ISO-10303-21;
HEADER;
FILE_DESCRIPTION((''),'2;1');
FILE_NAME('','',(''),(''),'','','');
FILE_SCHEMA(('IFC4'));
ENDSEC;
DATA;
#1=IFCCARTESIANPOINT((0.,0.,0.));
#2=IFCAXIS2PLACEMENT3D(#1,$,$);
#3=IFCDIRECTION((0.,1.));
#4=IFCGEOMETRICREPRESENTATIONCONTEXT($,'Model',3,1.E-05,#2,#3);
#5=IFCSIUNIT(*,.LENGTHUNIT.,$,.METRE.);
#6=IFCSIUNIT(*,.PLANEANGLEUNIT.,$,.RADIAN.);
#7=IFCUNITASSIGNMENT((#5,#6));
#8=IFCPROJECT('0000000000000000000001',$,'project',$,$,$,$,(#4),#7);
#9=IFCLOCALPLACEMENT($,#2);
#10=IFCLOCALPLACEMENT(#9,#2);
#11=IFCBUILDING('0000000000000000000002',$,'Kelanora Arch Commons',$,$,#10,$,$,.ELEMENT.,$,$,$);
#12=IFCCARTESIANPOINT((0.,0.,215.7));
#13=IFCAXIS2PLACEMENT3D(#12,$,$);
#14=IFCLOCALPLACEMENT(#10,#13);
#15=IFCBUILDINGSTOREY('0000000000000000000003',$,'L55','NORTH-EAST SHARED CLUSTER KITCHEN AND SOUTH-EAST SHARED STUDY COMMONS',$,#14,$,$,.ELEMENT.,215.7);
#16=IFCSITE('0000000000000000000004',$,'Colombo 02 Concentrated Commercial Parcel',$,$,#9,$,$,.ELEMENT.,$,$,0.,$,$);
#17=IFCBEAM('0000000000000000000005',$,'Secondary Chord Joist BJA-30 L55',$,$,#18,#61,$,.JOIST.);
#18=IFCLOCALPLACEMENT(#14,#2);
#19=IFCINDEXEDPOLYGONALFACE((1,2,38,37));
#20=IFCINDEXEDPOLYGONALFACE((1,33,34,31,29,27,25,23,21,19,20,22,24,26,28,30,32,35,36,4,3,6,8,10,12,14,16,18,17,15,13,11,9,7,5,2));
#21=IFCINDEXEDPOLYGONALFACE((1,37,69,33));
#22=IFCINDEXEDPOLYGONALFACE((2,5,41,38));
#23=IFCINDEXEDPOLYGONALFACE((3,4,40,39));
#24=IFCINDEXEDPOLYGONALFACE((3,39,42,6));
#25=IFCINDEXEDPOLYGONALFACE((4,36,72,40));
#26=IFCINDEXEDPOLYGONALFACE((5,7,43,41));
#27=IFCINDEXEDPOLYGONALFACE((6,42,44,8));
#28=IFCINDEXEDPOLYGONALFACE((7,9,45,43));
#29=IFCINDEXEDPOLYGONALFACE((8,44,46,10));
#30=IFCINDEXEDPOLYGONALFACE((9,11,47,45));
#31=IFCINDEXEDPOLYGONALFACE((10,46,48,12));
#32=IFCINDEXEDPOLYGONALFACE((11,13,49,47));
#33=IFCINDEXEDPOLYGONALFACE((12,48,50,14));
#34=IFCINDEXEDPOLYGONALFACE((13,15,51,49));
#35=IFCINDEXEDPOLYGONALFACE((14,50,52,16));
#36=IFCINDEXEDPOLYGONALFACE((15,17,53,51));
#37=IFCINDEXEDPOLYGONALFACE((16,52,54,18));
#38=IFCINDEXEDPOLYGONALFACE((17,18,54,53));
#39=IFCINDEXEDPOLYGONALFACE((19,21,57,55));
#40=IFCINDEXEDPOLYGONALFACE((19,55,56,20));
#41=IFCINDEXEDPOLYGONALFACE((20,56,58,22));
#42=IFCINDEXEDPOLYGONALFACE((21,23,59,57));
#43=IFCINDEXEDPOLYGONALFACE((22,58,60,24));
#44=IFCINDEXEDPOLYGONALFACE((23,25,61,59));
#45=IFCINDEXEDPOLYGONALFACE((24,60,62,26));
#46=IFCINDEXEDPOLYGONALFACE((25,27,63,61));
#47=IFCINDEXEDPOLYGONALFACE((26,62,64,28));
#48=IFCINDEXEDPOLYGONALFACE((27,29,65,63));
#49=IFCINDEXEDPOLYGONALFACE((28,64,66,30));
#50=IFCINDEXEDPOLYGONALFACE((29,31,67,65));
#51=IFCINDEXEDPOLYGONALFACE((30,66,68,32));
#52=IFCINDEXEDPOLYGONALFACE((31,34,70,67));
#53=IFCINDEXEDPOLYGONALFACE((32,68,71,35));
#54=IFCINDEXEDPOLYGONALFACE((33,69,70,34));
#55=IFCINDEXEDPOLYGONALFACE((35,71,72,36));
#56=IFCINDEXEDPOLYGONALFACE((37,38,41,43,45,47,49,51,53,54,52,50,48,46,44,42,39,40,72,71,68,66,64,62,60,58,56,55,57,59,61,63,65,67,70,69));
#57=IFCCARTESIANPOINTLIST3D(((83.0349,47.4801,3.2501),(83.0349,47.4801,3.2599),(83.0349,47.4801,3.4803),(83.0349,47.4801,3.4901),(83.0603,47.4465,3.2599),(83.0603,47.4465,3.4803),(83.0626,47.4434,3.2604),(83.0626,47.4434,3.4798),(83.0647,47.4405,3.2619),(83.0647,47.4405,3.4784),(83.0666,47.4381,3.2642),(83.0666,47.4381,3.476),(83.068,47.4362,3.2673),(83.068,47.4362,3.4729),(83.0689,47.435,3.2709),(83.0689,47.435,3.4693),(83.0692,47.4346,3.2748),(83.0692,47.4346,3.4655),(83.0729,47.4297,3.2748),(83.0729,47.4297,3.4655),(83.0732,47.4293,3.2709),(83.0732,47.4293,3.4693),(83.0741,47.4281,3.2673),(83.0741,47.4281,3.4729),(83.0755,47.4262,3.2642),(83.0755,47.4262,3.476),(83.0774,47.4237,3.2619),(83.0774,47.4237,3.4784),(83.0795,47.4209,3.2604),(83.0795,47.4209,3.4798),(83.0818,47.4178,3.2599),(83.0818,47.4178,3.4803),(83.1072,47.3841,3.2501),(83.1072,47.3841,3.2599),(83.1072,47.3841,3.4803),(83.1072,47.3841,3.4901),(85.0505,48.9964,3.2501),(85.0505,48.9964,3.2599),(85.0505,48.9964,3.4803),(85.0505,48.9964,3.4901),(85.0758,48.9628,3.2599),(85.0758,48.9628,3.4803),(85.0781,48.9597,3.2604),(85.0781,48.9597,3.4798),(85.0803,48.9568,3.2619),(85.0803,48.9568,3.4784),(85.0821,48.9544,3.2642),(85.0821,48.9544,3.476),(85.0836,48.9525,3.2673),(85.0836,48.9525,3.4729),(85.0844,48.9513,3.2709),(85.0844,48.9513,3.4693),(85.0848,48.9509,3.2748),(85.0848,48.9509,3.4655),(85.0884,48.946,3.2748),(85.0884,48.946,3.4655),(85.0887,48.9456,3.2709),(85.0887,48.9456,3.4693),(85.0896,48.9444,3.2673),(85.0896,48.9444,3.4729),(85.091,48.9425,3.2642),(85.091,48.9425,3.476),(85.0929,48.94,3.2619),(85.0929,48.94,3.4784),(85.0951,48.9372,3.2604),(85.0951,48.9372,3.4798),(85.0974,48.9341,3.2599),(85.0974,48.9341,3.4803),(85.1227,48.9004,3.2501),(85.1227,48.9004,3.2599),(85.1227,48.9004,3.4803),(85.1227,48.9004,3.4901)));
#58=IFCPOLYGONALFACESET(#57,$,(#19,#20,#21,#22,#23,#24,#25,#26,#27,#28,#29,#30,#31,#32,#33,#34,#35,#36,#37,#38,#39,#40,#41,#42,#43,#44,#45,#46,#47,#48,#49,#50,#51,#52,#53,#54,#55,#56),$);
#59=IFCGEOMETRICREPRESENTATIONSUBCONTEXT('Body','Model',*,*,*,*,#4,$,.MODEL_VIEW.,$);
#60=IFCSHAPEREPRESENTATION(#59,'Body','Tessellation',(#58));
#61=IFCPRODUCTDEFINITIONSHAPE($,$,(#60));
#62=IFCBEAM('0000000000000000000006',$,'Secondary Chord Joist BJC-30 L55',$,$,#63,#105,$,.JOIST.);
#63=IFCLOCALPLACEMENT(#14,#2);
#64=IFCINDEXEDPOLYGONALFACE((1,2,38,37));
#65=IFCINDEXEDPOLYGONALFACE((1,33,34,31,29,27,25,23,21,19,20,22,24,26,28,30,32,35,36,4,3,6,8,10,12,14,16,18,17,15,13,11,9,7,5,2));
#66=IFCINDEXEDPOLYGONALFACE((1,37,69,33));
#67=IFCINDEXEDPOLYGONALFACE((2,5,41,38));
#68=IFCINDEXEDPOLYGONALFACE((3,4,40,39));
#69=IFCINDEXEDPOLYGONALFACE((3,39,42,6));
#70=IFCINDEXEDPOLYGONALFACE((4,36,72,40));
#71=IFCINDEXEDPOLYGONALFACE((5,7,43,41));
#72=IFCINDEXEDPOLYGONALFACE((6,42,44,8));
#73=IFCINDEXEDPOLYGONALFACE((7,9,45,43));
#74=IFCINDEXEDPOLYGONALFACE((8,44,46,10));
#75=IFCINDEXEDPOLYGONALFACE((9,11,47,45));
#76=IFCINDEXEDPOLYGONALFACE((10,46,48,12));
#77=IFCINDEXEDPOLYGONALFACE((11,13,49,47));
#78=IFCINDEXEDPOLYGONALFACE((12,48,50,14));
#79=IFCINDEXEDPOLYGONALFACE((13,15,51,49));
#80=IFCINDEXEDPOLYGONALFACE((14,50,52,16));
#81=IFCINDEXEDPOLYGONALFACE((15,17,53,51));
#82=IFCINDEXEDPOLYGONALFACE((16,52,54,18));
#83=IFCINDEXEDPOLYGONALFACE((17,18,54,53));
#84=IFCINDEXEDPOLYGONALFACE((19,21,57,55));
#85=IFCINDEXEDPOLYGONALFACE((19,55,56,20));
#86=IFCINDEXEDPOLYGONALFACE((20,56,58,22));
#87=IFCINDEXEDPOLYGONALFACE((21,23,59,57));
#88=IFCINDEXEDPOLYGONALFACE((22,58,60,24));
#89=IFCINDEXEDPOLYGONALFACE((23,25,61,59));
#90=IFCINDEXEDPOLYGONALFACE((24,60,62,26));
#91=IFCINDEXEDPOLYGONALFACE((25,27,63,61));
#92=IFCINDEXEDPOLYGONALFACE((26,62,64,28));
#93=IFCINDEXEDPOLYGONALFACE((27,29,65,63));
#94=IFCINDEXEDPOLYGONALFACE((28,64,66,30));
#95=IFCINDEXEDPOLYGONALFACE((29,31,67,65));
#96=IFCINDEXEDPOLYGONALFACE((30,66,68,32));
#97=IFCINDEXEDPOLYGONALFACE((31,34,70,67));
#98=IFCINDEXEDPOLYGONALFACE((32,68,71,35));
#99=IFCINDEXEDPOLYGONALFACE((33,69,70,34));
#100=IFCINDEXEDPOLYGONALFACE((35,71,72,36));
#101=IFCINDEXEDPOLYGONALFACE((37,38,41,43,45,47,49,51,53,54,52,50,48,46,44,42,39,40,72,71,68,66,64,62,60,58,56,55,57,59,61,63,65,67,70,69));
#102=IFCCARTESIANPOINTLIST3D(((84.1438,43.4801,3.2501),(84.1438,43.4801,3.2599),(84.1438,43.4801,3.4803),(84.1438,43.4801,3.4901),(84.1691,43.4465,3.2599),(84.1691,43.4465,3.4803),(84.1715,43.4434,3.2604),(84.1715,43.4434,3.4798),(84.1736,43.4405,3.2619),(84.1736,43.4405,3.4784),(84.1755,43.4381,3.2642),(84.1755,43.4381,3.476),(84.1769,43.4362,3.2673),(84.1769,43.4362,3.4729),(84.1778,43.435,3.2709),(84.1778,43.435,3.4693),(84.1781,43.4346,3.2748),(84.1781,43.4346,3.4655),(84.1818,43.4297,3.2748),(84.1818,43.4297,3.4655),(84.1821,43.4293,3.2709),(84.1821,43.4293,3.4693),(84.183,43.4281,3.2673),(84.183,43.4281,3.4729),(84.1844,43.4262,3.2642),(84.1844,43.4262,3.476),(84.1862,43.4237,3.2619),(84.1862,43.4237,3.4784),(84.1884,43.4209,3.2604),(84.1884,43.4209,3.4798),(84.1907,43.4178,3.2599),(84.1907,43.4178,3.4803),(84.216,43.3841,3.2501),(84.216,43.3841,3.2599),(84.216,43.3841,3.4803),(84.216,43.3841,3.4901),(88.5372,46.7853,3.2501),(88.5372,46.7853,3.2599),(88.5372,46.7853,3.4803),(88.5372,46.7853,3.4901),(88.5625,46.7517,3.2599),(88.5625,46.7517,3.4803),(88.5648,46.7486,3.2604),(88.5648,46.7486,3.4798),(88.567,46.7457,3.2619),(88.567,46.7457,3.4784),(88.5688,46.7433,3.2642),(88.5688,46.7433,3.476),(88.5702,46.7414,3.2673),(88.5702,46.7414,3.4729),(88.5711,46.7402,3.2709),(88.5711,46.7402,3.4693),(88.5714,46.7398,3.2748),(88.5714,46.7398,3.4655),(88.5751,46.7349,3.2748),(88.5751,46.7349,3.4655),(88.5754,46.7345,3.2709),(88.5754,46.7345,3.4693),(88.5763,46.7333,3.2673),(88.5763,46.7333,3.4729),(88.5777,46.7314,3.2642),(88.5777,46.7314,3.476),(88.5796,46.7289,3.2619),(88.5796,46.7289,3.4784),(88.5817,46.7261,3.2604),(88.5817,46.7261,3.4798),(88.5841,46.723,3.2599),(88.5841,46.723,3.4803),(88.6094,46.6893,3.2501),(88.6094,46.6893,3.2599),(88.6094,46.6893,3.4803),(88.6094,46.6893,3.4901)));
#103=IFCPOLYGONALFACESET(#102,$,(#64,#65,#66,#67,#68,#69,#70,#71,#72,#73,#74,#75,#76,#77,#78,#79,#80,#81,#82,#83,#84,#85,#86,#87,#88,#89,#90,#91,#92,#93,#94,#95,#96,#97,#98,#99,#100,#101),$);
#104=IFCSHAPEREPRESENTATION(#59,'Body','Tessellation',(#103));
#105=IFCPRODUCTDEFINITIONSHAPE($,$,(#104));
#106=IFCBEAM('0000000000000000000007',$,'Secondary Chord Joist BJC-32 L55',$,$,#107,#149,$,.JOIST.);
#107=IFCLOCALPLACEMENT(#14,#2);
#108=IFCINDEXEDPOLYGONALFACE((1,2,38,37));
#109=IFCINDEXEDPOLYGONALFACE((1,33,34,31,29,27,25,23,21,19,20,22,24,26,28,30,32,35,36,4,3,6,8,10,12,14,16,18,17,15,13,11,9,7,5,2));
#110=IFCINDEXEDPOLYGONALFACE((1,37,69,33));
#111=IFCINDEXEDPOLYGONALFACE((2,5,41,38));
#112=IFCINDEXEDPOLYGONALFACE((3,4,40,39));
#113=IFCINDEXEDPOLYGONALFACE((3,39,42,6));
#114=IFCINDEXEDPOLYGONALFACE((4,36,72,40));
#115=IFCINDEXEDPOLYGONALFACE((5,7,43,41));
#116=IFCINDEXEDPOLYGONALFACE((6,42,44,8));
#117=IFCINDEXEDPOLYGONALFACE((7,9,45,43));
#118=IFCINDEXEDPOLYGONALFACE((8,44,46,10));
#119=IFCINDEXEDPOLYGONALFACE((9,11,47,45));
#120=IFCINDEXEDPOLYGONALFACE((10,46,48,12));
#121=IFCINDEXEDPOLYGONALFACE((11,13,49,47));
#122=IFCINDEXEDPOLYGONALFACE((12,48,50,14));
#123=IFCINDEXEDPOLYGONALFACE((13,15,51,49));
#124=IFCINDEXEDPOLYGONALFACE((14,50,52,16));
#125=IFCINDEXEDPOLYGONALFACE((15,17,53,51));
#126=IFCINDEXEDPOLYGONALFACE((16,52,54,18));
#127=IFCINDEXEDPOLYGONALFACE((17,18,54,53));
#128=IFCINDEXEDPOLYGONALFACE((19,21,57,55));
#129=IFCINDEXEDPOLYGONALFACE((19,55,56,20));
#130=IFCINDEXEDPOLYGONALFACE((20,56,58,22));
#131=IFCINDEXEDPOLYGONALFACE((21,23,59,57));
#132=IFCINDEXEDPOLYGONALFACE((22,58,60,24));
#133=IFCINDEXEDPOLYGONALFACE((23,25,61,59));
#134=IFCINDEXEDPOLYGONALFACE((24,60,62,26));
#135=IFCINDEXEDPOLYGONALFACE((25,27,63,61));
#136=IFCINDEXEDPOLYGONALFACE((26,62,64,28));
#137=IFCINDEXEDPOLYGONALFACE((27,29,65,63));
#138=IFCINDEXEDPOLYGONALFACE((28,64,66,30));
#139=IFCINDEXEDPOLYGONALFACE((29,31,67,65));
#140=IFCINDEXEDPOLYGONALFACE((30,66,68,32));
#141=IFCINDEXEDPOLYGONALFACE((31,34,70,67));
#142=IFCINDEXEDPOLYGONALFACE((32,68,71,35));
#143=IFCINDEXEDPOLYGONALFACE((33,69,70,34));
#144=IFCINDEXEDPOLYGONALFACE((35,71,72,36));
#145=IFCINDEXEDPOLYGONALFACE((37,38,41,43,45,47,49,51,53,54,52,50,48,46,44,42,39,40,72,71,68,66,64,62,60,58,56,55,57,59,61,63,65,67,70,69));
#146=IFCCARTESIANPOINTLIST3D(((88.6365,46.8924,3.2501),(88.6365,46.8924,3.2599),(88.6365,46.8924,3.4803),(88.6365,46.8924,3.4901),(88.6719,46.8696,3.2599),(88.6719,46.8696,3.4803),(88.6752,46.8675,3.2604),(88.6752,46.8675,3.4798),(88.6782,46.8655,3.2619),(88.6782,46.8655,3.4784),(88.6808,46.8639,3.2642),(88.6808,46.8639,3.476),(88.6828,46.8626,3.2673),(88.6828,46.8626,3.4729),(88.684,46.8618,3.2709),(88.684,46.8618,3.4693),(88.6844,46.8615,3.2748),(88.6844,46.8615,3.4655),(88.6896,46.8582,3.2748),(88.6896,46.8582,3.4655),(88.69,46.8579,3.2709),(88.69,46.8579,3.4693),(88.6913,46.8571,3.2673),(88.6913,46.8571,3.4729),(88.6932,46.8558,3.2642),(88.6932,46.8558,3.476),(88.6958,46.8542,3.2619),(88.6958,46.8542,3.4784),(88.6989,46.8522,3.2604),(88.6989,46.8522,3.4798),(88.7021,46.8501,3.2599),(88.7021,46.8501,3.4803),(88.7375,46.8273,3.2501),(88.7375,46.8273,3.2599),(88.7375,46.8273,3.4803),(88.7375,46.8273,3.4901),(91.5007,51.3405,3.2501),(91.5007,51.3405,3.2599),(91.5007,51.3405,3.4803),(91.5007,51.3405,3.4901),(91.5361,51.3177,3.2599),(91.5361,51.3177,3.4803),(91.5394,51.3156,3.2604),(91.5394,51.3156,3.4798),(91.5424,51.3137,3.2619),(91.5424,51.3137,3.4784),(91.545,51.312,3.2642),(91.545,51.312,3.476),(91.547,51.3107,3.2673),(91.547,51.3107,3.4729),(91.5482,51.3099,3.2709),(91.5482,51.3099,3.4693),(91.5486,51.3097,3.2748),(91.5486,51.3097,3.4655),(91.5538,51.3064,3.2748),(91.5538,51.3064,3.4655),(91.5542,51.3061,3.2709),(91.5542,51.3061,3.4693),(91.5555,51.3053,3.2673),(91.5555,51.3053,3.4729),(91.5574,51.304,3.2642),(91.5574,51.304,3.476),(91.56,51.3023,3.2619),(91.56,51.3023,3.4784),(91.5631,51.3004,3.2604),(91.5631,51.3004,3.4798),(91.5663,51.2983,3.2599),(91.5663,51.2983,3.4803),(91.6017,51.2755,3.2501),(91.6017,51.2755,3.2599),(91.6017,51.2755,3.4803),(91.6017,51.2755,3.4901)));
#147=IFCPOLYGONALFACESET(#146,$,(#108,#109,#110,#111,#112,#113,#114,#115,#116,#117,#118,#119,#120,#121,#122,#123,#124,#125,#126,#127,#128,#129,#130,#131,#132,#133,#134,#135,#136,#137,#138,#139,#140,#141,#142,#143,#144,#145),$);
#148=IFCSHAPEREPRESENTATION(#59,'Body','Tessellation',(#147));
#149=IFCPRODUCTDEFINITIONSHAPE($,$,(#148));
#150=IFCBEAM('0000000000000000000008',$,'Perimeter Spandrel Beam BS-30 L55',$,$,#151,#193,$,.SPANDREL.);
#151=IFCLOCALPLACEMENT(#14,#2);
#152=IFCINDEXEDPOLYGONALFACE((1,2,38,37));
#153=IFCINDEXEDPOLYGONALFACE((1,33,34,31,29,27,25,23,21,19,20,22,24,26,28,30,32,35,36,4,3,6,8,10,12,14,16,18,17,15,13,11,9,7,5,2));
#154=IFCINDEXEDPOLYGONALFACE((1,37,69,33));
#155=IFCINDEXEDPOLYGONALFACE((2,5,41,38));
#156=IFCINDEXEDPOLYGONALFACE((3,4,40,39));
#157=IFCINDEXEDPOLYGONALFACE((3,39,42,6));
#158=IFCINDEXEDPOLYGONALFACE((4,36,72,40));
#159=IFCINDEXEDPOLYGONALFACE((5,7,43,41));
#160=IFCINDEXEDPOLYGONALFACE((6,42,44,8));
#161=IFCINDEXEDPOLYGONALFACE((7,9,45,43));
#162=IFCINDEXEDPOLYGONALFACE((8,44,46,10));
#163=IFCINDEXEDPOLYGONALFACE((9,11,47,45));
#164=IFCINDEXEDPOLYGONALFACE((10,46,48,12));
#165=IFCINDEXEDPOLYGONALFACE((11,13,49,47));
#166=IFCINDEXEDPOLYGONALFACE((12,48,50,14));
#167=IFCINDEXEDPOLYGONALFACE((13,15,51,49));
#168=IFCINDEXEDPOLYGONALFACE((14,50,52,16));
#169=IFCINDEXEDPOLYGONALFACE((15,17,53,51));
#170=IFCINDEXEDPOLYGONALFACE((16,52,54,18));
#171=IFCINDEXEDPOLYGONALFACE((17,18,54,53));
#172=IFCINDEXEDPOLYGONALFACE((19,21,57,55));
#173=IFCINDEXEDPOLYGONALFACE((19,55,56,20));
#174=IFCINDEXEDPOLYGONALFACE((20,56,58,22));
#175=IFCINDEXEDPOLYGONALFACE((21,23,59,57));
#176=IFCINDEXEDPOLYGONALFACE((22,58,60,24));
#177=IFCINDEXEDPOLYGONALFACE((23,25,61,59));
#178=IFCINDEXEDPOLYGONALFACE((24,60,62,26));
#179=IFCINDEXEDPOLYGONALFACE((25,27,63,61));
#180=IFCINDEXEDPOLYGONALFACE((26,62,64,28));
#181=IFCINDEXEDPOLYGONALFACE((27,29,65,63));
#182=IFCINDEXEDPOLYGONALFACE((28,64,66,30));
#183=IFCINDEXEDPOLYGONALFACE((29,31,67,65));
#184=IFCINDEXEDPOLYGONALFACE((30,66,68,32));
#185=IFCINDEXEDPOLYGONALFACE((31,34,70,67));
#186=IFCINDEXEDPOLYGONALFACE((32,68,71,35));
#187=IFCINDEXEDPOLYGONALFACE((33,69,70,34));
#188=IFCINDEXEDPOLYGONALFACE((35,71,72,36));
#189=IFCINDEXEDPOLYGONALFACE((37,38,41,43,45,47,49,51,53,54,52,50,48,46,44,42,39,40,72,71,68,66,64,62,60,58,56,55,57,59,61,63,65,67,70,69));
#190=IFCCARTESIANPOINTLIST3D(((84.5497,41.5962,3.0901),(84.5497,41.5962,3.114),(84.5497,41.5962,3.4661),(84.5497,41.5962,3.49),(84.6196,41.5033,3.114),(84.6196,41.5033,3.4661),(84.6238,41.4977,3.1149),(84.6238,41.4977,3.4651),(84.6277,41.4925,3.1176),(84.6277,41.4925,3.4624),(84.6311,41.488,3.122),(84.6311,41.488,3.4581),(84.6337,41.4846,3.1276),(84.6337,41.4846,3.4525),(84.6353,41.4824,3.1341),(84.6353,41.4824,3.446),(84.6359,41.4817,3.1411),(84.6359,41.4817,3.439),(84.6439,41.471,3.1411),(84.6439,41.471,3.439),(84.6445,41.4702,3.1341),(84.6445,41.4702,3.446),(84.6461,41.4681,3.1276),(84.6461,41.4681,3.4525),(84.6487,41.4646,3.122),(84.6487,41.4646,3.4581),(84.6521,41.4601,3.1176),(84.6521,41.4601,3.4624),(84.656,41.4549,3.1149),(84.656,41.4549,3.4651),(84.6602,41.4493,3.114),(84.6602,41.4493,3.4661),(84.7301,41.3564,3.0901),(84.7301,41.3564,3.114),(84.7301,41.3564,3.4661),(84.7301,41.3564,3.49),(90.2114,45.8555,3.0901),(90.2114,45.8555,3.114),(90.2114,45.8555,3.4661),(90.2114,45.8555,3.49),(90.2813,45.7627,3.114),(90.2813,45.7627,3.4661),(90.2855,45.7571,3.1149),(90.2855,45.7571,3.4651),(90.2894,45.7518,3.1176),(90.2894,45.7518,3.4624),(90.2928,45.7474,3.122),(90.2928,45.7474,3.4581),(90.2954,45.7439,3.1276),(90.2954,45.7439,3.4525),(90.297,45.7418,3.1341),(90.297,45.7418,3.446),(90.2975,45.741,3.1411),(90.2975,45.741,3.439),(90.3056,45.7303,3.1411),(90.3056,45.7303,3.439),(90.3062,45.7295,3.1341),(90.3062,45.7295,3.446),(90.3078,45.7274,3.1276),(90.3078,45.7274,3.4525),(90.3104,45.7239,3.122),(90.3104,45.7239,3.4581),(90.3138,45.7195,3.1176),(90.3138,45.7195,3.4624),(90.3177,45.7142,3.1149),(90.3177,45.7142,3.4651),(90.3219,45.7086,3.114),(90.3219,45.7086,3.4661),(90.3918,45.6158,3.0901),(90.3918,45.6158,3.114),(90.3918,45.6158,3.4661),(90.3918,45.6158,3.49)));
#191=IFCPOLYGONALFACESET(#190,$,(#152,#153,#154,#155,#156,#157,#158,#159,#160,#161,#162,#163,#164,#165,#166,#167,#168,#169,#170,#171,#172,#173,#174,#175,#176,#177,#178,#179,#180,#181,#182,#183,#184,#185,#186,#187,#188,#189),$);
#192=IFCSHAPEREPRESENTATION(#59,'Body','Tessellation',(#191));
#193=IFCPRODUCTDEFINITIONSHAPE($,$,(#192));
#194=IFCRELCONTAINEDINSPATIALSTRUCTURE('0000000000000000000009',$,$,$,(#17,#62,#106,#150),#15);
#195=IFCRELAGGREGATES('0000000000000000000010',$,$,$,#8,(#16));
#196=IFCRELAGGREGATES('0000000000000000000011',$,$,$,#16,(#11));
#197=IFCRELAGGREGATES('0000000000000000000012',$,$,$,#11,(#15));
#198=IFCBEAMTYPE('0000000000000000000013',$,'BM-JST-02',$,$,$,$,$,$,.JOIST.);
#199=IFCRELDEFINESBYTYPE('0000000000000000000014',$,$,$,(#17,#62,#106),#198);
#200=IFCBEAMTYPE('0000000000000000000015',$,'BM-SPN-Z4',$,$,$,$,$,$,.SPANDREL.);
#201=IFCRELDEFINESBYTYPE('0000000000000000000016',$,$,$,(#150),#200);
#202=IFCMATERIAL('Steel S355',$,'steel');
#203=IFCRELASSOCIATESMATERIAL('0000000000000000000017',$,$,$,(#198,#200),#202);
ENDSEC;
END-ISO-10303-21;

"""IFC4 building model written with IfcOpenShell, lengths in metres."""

from ifc_helpers import new_model, si_unit, direction, frame, origin, origin_2d, place, context, subcontext, project, spatial, i_section, extrude, material, material_profile, profile_set, type_object, element, save


model = new_model("IFC4")

# Units and contexts
model_context = context("Model", 3, precision=1e-05, world=origin(), true_north=direction((0.0, 1.0)))
body_context = subcontext(model_context, "Body", "Model", "MODEL_VIEW")
ifc_project = project(units=[si_unit("LENGTHUNIT", "METRE"), si_unit("PLANEANGLEUNIT", "RADIAN")], contexts=[model_context])

# Site, building, storey
site_placement = place(None, origin())
site = spatial("IfcSite", under=ifc_project, at=site_placement, Name="Colombo 02 Concentrated Commercial Parcel", CompositionType="ELEMENT", RefElevation=0.0)
building_placement = place(site_placement, origin())
building = spatial("IfcBuilding", under=site, at=building_placement, Name="Kelanora Arch Commons", CompositionType="ELEMENT")
storey_placement = place(building_placement, frame((0.0, 0.0, 215.7)))
storey = spatial("IfcBuildingStorey", under=building, at=storey_placement, Name="L55", Description="NORTH-EAST SHARED CLUSTER KITCHEN AND SOUTH-EAST SHARED STUDY COMMONS", CompositionType="ELEMENT", Elevation=215.7)

# Beams
ifc_material_1 = material(Name="Steel S355", Category="steel")
ifc_material_profile_1 = material_profile(ifc_material_1, i_section(OverallWidth=0.1201, OverallDepth=0.24, WebThickness=0.0061, FlangeThickness=0.0098, FilletRadius=0.0149, at=origin_2d()), Name="IPE240")
ifc_profile_set_1 = profile_set([ifc_material_profile_1], Name="Steel S355")
beam_type_1 = type_object("IfcBeamType", Name="BM-JST-02", PredefinedType="JOIST", material=ifc_profile_set_1)
beam_1_placement = place(storey_placement, frame((83.071, 47.4321, 3.3701), z_axis=(0.799116, 0.601176, 0.0), x_axis=(-0.601176, 0.799116, 0.0)))
element("IfcBeam", 1, at=beam_1_placement, inside=storey, type_object=beam_type_1, Name="Secondary Chord Joist BJA-30 L55", PredefinedType="JOIST", context=body_context, shape_type="SweptSolid", body=[
    extrude(i_section(OverallWidth=0.1201, OverallDepth=0.24, WebThickness=0.0061, FlangeThickness=0.0098, FilletRadius=0.0149, at=origin_2d()), origin(), (0.0, 0.0, 1.0), 2.5222),
])
beam_2_placement = place(storey_placement, frame((84.1799, 43.4321, 3.3701), z_axis=(0.799109, 0.601186, 0.0), x_axis=(-0.601186, 0.799109, 0.0)))
element("IfcBeam", 2, at=beam_2_placement, inside=storey, type_object=beam_type_1, Name="Secondary Chord Joist BJC-30 L55", PredefinedType="JOIST", context=body_context, shape_type="SweptSolid", body=[
    extrude(i_section(OverallWidth=0.1201, OverallDepth=0.24, WebThickness=0.0061, FlangeThickness=0.0098, FilletRadius=0.0149, at=origin_2d()), origin(), (0.0, 0.0, 1.0), 5.4978),
])
beam_3_placement = place(storey_placement, frame((88.687, 46.8599, 3.3701), z_axis=(0.541382, 0.840776, 0.0), x_axis=(-0.840776, 0.541382, 0.0)))
element("IfcBeam", 3, at=beam_3_placement, inside=storey, type_object=beam_type_1, Name="Secondary Chord Joist BJC-32 L55", PredefinedType="JOIST", context=body_context, shape_type="SweptSolid", body=[
    extrude(i_section(OverallWidth=0.1201, OverallDepth=0.24, WebThickness=0.0061, FlangeThickness=0.0098, FilletRadius=0.0149, at=origin_2d()), origin(), (0.0, 0.0, 1.0), 5.2905),
])
ifc_material_profile_2 = material_profile(ifc_material_1, i_section(OverallWidth=0.3, OverallDepth=0.3999, WebThickness=0.0134, FlangeThickness=0.0239, FilletRadius=0.0271, at=origin_2d()), Name="HEB400")
ifc_profile_set_2 = profile_set([ifc_material_profile_2], Name="Steel S355")
beam_type_2 = type_object("IfcBeamType", Name="BM-SPN-Z4", PredefinedType="SPANDREL", material=ifc_profile_set_2)
beam_4_placement = place(storey_placement, frame((84.6399, 41.4763, 3.29), z_axis=(0.799114, 0.601179, 0.0), x_axis=(-0.601179, 0.799114, 0.0)))
element("IfcBeam", 4, at=beam_4_placement, inside=storey, type_object=beam_type_2, Name="Perimeter Spandrel Beam BS-30 L55", PredefinedType="SPANDREL", context=body_context, shape_type="SweptSolid", body=[
    extrude(i_section(OverallWidth=0.3, OverallDepth=0.3999, WebThickness=0.0134, FlangeThickness=0.0239, FilletRadius=0.0271, at=origin_2d()), origin(), (0.0, 0.0, 1.0), 7.085),
])

save(model, "model.ifc")
